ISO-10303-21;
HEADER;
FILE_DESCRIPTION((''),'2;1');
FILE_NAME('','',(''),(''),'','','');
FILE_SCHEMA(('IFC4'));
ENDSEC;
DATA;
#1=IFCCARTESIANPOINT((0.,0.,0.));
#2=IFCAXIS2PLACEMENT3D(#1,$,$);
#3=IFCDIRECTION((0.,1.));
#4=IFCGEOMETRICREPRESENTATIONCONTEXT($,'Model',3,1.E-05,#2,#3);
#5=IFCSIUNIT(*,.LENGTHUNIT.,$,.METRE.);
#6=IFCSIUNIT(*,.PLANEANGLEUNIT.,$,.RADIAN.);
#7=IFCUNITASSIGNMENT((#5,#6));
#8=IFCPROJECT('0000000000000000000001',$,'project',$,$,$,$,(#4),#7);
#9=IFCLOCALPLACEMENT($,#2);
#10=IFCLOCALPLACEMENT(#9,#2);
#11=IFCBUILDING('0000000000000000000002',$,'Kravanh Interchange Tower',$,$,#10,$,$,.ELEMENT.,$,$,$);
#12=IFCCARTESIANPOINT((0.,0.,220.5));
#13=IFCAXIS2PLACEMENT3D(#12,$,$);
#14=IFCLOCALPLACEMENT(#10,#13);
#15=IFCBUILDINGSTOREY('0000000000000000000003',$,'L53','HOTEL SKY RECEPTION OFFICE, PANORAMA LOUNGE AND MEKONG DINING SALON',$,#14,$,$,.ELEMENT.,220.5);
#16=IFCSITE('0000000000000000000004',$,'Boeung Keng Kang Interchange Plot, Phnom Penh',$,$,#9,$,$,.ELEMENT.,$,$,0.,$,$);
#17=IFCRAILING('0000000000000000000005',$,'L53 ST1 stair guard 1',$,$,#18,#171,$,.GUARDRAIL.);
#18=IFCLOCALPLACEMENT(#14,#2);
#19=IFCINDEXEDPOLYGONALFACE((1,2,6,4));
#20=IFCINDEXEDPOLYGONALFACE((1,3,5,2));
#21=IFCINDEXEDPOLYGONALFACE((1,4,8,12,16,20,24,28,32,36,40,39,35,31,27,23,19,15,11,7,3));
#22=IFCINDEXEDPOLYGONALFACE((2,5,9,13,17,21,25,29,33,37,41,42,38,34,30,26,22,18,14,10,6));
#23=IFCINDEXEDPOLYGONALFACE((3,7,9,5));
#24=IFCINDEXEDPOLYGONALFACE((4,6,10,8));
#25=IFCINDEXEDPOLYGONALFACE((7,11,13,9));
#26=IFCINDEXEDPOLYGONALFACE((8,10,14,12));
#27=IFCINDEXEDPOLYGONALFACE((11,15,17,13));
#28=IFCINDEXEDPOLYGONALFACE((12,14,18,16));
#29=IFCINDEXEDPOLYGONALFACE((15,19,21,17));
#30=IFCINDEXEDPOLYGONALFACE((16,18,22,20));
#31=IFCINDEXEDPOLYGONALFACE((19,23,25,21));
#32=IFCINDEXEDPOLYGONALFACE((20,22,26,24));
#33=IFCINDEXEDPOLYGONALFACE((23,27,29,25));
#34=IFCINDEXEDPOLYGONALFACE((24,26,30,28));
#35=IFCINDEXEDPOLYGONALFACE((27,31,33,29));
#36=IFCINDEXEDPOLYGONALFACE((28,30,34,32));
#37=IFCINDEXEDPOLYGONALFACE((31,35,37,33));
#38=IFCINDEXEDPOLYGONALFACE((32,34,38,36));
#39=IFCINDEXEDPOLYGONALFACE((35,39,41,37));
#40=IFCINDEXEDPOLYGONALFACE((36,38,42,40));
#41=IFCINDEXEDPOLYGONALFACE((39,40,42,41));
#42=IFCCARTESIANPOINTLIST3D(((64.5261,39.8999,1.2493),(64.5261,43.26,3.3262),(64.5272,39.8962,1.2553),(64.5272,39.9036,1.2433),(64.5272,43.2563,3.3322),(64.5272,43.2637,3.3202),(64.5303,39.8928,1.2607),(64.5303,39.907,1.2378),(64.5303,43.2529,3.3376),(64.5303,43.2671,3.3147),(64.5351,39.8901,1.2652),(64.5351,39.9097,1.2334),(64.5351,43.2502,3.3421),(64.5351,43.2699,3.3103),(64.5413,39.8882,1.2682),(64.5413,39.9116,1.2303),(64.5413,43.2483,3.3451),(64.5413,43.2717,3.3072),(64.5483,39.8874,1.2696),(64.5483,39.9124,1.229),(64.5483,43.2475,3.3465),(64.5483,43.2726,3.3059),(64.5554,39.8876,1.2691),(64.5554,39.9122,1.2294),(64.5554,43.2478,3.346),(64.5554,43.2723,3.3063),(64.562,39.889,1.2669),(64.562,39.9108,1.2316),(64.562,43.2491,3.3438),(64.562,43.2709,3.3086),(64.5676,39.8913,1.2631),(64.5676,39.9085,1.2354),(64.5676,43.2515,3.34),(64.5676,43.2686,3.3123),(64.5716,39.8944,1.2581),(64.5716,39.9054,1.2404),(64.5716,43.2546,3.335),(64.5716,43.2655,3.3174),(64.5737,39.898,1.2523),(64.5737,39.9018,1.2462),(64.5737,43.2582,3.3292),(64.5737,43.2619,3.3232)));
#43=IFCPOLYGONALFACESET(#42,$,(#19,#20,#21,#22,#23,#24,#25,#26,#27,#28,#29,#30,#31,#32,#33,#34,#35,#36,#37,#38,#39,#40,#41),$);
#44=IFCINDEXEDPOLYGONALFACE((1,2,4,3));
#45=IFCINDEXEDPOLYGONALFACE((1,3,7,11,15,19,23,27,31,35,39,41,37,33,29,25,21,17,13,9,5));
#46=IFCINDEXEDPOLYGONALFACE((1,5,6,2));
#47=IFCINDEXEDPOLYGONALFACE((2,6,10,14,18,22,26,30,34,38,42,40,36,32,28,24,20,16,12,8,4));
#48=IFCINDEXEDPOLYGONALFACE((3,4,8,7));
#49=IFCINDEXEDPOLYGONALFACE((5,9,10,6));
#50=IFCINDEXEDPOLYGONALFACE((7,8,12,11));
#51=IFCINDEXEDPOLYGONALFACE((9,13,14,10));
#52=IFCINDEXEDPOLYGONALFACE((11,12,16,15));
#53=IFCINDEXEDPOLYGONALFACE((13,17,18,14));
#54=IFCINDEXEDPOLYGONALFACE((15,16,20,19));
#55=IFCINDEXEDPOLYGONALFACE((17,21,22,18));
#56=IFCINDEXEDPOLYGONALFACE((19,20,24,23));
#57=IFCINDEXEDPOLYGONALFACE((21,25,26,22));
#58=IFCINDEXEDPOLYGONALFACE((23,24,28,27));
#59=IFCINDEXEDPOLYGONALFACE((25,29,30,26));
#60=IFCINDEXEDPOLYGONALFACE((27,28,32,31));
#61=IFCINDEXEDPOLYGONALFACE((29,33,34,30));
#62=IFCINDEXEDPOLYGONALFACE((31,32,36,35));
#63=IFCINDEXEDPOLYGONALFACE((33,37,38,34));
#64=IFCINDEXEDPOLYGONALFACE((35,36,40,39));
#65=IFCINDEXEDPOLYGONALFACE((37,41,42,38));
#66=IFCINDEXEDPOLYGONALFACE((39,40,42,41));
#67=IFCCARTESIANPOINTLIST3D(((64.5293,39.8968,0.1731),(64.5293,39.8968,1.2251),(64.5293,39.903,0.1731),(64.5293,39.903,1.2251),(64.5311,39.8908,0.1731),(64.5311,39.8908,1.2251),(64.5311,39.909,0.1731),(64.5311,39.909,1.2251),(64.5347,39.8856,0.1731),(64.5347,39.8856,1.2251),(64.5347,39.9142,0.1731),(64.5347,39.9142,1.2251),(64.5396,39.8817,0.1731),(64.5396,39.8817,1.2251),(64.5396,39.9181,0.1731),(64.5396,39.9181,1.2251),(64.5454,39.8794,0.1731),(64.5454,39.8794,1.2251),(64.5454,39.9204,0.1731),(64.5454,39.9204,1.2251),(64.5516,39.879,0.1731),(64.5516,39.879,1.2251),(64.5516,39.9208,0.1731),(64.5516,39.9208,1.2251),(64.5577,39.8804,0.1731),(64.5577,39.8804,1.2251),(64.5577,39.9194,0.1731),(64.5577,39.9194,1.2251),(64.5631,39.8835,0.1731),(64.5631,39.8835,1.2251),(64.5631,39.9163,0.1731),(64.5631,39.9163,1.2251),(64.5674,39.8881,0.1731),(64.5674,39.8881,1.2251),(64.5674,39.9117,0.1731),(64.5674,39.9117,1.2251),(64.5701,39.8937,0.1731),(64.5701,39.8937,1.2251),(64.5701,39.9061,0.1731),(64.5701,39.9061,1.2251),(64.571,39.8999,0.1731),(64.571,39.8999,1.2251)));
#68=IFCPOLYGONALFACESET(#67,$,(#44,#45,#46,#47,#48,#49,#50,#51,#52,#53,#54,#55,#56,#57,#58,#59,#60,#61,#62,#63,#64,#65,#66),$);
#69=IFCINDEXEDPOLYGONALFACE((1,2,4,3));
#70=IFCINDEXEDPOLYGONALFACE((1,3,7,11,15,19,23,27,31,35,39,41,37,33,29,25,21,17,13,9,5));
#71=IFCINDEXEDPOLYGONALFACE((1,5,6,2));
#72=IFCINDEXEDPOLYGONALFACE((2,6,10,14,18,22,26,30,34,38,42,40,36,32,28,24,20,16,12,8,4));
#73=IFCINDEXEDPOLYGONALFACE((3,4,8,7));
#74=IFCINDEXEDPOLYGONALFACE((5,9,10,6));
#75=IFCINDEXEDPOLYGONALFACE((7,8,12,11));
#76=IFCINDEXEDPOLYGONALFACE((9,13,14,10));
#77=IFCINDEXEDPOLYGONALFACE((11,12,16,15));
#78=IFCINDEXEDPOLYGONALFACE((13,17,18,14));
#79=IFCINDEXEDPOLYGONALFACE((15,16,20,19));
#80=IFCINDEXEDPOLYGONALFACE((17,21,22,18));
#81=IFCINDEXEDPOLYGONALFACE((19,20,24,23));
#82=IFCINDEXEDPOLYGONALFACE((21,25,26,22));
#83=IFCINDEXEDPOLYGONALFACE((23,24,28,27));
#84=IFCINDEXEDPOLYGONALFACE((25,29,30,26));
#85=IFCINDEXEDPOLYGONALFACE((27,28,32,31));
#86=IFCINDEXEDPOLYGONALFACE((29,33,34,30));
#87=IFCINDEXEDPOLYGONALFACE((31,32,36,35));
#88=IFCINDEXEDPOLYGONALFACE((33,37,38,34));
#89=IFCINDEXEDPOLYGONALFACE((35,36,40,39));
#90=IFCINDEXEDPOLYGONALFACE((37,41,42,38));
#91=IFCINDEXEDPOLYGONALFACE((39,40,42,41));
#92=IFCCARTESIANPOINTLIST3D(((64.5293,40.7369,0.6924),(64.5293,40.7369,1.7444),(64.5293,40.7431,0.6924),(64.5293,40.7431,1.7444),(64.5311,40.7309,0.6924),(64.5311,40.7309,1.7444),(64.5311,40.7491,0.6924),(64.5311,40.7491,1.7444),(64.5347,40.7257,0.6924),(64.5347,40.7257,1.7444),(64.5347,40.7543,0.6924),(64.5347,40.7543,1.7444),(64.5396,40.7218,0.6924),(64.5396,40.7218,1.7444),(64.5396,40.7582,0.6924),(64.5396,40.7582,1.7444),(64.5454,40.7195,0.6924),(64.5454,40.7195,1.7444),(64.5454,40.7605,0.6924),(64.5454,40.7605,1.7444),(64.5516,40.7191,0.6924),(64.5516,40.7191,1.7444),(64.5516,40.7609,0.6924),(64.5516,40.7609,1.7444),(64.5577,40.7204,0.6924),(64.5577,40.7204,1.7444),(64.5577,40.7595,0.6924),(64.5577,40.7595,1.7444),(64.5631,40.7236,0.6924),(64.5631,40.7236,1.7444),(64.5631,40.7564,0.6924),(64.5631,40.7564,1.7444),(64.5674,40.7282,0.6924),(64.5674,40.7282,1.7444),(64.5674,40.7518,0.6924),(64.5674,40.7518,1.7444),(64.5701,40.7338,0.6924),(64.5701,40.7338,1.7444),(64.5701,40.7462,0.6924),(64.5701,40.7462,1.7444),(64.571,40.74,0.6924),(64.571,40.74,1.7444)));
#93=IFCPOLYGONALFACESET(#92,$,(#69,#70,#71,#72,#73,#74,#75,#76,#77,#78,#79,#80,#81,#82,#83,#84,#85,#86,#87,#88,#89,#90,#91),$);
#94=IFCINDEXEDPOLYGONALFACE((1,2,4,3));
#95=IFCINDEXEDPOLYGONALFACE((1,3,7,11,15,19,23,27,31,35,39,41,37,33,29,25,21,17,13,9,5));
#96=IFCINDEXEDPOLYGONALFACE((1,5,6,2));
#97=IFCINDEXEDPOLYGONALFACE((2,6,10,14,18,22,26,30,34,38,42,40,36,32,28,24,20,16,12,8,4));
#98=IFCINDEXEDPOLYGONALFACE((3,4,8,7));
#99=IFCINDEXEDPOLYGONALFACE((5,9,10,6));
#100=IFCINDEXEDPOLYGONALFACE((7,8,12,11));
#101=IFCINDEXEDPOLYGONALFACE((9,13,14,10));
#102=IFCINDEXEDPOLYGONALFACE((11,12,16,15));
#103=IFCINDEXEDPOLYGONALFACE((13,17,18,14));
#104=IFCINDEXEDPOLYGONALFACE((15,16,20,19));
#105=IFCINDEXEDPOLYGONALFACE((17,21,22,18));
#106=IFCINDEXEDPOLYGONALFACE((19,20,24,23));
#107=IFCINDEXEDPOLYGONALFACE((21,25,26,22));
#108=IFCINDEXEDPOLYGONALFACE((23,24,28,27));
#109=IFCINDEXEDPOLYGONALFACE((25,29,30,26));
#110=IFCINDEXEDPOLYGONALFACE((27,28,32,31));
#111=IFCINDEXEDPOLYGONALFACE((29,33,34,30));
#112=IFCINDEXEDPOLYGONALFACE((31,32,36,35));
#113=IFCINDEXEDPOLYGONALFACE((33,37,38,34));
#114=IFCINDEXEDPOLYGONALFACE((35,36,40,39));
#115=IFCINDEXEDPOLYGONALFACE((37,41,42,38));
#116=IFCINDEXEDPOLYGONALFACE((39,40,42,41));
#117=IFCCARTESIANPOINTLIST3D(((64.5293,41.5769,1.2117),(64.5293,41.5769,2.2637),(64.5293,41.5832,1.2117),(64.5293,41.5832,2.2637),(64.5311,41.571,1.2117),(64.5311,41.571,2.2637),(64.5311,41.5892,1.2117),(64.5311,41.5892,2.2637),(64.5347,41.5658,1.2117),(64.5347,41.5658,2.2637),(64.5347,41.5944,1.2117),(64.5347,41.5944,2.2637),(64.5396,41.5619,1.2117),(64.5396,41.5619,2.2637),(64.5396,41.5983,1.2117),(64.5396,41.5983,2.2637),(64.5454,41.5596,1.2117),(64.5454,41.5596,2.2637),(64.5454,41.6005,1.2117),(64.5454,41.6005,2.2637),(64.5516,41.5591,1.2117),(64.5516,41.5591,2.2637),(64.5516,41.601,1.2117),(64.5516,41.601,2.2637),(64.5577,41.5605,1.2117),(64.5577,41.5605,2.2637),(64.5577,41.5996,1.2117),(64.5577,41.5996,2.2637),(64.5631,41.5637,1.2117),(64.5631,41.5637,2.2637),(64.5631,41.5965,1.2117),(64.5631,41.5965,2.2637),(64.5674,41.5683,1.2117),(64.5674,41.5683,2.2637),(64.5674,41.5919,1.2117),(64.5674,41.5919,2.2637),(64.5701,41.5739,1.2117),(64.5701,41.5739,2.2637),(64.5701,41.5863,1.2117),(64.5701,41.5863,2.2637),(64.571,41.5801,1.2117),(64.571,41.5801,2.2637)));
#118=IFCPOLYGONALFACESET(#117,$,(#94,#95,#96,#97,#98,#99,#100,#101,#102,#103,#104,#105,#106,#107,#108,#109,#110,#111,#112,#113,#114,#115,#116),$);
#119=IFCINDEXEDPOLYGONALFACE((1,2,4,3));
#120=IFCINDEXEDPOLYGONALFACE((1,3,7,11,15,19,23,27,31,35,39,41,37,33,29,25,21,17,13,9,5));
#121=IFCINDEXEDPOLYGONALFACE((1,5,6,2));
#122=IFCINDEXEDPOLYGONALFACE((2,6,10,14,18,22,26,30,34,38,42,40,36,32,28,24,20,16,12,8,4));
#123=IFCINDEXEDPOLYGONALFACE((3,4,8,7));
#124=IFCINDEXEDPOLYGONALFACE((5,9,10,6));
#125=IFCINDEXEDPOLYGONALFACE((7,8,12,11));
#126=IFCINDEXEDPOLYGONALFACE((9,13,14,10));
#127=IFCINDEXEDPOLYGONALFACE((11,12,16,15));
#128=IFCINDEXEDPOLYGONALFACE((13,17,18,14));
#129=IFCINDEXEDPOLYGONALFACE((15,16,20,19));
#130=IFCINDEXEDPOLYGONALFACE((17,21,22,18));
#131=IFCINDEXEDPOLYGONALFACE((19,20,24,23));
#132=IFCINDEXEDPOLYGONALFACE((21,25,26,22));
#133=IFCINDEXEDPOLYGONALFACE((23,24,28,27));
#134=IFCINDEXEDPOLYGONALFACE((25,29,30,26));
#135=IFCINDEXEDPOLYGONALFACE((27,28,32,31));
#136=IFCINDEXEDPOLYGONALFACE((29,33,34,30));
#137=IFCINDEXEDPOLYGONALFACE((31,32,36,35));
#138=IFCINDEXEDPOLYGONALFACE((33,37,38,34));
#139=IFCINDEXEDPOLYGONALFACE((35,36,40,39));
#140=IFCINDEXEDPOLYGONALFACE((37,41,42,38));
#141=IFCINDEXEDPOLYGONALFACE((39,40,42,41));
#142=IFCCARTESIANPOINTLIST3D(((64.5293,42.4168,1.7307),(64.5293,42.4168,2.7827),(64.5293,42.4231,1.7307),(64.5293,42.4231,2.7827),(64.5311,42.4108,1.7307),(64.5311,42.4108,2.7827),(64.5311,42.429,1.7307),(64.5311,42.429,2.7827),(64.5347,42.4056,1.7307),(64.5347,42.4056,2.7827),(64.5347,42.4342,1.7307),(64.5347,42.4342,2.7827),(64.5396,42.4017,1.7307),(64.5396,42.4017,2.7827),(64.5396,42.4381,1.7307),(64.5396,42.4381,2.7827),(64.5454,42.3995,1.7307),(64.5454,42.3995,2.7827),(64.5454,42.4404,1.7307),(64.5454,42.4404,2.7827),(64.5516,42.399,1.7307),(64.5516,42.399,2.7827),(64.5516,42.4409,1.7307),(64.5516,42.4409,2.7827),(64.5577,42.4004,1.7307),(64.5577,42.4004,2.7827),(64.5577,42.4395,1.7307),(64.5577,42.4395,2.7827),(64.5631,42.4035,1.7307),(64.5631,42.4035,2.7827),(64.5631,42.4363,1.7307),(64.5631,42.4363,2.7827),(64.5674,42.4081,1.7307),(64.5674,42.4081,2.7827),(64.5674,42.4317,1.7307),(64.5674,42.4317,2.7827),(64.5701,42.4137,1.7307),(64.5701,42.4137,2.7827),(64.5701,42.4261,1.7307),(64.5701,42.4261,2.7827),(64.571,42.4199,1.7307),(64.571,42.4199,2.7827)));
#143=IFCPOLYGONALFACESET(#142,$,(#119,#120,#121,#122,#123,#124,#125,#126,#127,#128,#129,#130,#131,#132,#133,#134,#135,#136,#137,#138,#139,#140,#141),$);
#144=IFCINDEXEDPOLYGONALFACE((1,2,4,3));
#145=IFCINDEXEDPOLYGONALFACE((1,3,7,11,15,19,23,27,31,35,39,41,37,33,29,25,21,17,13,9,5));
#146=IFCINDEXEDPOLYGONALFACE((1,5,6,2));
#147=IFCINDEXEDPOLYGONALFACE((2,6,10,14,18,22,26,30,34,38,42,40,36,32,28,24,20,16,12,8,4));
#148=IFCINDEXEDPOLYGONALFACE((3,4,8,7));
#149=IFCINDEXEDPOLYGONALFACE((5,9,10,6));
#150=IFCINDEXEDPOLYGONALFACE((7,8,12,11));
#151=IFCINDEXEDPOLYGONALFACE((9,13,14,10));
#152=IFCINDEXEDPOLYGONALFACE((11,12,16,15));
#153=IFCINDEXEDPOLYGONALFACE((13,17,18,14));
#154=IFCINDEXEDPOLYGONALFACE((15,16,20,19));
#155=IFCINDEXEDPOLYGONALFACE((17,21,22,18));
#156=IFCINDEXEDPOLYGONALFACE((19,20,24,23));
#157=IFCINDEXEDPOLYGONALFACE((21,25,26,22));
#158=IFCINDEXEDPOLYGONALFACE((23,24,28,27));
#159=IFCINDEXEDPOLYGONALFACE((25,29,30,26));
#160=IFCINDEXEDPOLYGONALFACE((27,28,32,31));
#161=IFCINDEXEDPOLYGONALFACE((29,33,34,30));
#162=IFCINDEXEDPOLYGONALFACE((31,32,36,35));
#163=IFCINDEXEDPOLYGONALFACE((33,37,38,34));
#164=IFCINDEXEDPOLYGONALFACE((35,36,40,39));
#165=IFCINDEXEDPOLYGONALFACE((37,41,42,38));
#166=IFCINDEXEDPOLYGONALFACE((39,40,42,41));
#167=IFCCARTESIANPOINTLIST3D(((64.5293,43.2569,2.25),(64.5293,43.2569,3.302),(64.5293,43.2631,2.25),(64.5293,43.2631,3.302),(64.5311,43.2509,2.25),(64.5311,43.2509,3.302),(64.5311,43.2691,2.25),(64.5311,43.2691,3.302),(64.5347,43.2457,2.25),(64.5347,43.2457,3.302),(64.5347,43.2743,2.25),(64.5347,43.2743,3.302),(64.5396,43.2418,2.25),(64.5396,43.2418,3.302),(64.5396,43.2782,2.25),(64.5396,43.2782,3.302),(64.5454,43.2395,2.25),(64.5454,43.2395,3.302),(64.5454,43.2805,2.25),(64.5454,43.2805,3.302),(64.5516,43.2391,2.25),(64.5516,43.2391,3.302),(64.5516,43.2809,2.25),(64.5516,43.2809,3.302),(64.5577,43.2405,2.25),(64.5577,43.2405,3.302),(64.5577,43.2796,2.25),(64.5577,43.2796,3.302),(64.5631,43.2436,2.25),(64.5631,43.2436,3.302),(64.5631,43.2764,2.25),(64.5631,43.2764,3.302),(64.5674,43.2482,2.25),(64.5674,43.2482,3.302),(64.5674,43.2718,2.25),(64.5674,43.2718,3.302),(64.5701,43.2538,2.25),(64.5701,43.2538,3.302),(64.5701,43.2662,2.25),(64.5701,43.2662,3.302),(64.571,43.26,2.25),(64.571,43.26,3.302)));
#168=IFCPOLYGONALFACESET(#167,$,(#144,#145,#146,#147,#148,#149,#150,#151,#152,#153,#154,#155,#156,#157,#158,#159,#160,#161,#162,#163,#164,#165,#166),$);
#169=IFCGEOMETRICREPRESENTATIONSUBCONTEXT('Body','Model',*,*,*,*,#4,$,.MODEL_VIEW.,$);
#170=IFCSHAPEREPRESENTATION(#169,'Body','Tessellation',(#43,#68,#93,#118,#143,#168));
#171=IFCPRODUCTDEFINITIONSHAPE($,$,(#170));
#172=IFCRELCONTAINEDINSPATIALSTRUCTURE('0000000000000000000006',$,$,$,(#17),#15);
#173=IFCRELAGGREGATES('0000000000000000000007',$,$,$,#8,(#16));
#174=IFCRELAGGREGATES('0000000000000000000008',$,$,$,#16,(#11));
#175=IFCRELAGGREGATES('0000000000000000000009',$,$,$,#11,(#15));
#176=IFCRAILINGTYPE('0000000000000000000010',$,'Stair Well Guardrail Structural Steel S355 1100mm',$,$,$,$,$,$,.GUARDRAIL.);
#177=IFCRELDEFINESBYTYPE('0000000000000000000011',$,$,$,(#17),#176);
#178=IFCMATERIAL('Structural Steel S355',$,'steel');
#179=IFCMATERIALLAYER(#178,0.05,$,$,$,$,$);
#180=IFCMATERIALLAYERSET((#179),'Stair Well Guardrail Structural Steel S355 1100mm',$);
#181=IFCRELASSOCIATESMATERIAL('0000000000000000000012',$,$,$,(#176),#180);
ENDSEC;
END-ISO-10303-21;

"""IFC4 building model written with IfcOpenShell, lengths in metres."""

from ifc_helpers import new_model, si_unit, direction, frame, origin, origin_2d, place, context, subcontext, project, spatial, circle, extrude, material, layer, layer_set, type_object, element, save


model = new_model("IFC4")

# Units and contexts
model_context = context("Model", 3, precision=1e-05, world=origin(), true_north=direction((0.0, 1.0)))
body_context = subcontext(model_context, "Body", "Model", "MODEL_VIEW")
ifc_project = project(units=[si_unit("LENGTHUNIT", "METRE"), si_unit("PLANEANGLEUNIT", "RADIAN")], contexts=[model_context])

# Site, building, storey
site_placement = place(None, origin())
site = spatial("IfcSite", under=ifc_project, at=site_placement, Name="Boeung Keng Kang Interchange Plot, Phnom Penh", CompositionType="ELEMENT", RefElevation=0.0)
building_placement = place(site_placement, origin())
building = spatial("IfcBuilding", under=site, at=building_placement, Name="Kravanh Interchange Tower", CompositionType="ELEMENT")
storey_placement = place(building_placement, frame((0.0, 0.0, 220.5)))
storey = spatial("IfcBuildingStorey", under=building, at=storey_placement, Name="L53", Description="HOTEL SKY RECEPTION OFFICE, PANORAMA LOUNGE AND MEKONG DINING SALON", CompositionType="ELEMENT", Elevation=220.5)

# Railing
ifc_material_1 = material(Name="Structural Steel S355", Category="steel")
ifc_layer_1 = layer(ifc_material_1, 0.05)
ifc_layer_set_1 = layer_set([ifc_layer_1], Name="Stair Well Guardrail Structural Steel S355 1100mm")
railing_type_1 = type_object("IfcRailingType", Name="Stair Well Guardrail Structural Steel S355 1100mm", PredefinedType="GUARDRAIL", material=ifc_layer_set_1)
railing_1_placement = place(storey_placement, frame((64.55, 39.8999, 0.1731)))
element("IfcRailing", 1, at=railing_1_placement, inside=storey, type_object=railing_type_1, Name="L53 ST1 stair guard 1", PredefinedType="GUARDRAIL", context=body_context, shape_type="SweptSolid", body=[
    extrude(circle(Radius=0.0239, at=origin_2d()), frame((0.0, 0.0, 1.0762), z_axis=(0.0, 0.850623, 0.525776), x_axis=(-1.0, 0.0, 0.0)), (0.0, 0.0, 1.0), 3.9502),
    extrude(circle(Radius=0.021, at=origin_2d()), origin(), (0.0, 0.0, 1.0), 1.052),
    extrude(circle(Radius=0.021, at=origin_2d()), frame((0.0, 0.8401, 0.5193)), (0.0, 0.0, 1.0), 1.052),
    extrude(circle(Radius=0.021, at=origin_2d()), frame((0.0, 1.6802, 1.0386)), (0.0, 0.0, 1.0), 1.052),
    extrude(circle(Radius=0.021, at=origin_2d()), frame((0.0, 2.52, 1.5576)), (0.0, 0.0, 1.0), 1.052),
    extrude(circle(Radius=0.021, at=origin_2d()), frame((0.0, 3.3601, 2.0769)), (0.0, 0.0, 1.0), 1.052),
])

save(model, "model.ifc")
